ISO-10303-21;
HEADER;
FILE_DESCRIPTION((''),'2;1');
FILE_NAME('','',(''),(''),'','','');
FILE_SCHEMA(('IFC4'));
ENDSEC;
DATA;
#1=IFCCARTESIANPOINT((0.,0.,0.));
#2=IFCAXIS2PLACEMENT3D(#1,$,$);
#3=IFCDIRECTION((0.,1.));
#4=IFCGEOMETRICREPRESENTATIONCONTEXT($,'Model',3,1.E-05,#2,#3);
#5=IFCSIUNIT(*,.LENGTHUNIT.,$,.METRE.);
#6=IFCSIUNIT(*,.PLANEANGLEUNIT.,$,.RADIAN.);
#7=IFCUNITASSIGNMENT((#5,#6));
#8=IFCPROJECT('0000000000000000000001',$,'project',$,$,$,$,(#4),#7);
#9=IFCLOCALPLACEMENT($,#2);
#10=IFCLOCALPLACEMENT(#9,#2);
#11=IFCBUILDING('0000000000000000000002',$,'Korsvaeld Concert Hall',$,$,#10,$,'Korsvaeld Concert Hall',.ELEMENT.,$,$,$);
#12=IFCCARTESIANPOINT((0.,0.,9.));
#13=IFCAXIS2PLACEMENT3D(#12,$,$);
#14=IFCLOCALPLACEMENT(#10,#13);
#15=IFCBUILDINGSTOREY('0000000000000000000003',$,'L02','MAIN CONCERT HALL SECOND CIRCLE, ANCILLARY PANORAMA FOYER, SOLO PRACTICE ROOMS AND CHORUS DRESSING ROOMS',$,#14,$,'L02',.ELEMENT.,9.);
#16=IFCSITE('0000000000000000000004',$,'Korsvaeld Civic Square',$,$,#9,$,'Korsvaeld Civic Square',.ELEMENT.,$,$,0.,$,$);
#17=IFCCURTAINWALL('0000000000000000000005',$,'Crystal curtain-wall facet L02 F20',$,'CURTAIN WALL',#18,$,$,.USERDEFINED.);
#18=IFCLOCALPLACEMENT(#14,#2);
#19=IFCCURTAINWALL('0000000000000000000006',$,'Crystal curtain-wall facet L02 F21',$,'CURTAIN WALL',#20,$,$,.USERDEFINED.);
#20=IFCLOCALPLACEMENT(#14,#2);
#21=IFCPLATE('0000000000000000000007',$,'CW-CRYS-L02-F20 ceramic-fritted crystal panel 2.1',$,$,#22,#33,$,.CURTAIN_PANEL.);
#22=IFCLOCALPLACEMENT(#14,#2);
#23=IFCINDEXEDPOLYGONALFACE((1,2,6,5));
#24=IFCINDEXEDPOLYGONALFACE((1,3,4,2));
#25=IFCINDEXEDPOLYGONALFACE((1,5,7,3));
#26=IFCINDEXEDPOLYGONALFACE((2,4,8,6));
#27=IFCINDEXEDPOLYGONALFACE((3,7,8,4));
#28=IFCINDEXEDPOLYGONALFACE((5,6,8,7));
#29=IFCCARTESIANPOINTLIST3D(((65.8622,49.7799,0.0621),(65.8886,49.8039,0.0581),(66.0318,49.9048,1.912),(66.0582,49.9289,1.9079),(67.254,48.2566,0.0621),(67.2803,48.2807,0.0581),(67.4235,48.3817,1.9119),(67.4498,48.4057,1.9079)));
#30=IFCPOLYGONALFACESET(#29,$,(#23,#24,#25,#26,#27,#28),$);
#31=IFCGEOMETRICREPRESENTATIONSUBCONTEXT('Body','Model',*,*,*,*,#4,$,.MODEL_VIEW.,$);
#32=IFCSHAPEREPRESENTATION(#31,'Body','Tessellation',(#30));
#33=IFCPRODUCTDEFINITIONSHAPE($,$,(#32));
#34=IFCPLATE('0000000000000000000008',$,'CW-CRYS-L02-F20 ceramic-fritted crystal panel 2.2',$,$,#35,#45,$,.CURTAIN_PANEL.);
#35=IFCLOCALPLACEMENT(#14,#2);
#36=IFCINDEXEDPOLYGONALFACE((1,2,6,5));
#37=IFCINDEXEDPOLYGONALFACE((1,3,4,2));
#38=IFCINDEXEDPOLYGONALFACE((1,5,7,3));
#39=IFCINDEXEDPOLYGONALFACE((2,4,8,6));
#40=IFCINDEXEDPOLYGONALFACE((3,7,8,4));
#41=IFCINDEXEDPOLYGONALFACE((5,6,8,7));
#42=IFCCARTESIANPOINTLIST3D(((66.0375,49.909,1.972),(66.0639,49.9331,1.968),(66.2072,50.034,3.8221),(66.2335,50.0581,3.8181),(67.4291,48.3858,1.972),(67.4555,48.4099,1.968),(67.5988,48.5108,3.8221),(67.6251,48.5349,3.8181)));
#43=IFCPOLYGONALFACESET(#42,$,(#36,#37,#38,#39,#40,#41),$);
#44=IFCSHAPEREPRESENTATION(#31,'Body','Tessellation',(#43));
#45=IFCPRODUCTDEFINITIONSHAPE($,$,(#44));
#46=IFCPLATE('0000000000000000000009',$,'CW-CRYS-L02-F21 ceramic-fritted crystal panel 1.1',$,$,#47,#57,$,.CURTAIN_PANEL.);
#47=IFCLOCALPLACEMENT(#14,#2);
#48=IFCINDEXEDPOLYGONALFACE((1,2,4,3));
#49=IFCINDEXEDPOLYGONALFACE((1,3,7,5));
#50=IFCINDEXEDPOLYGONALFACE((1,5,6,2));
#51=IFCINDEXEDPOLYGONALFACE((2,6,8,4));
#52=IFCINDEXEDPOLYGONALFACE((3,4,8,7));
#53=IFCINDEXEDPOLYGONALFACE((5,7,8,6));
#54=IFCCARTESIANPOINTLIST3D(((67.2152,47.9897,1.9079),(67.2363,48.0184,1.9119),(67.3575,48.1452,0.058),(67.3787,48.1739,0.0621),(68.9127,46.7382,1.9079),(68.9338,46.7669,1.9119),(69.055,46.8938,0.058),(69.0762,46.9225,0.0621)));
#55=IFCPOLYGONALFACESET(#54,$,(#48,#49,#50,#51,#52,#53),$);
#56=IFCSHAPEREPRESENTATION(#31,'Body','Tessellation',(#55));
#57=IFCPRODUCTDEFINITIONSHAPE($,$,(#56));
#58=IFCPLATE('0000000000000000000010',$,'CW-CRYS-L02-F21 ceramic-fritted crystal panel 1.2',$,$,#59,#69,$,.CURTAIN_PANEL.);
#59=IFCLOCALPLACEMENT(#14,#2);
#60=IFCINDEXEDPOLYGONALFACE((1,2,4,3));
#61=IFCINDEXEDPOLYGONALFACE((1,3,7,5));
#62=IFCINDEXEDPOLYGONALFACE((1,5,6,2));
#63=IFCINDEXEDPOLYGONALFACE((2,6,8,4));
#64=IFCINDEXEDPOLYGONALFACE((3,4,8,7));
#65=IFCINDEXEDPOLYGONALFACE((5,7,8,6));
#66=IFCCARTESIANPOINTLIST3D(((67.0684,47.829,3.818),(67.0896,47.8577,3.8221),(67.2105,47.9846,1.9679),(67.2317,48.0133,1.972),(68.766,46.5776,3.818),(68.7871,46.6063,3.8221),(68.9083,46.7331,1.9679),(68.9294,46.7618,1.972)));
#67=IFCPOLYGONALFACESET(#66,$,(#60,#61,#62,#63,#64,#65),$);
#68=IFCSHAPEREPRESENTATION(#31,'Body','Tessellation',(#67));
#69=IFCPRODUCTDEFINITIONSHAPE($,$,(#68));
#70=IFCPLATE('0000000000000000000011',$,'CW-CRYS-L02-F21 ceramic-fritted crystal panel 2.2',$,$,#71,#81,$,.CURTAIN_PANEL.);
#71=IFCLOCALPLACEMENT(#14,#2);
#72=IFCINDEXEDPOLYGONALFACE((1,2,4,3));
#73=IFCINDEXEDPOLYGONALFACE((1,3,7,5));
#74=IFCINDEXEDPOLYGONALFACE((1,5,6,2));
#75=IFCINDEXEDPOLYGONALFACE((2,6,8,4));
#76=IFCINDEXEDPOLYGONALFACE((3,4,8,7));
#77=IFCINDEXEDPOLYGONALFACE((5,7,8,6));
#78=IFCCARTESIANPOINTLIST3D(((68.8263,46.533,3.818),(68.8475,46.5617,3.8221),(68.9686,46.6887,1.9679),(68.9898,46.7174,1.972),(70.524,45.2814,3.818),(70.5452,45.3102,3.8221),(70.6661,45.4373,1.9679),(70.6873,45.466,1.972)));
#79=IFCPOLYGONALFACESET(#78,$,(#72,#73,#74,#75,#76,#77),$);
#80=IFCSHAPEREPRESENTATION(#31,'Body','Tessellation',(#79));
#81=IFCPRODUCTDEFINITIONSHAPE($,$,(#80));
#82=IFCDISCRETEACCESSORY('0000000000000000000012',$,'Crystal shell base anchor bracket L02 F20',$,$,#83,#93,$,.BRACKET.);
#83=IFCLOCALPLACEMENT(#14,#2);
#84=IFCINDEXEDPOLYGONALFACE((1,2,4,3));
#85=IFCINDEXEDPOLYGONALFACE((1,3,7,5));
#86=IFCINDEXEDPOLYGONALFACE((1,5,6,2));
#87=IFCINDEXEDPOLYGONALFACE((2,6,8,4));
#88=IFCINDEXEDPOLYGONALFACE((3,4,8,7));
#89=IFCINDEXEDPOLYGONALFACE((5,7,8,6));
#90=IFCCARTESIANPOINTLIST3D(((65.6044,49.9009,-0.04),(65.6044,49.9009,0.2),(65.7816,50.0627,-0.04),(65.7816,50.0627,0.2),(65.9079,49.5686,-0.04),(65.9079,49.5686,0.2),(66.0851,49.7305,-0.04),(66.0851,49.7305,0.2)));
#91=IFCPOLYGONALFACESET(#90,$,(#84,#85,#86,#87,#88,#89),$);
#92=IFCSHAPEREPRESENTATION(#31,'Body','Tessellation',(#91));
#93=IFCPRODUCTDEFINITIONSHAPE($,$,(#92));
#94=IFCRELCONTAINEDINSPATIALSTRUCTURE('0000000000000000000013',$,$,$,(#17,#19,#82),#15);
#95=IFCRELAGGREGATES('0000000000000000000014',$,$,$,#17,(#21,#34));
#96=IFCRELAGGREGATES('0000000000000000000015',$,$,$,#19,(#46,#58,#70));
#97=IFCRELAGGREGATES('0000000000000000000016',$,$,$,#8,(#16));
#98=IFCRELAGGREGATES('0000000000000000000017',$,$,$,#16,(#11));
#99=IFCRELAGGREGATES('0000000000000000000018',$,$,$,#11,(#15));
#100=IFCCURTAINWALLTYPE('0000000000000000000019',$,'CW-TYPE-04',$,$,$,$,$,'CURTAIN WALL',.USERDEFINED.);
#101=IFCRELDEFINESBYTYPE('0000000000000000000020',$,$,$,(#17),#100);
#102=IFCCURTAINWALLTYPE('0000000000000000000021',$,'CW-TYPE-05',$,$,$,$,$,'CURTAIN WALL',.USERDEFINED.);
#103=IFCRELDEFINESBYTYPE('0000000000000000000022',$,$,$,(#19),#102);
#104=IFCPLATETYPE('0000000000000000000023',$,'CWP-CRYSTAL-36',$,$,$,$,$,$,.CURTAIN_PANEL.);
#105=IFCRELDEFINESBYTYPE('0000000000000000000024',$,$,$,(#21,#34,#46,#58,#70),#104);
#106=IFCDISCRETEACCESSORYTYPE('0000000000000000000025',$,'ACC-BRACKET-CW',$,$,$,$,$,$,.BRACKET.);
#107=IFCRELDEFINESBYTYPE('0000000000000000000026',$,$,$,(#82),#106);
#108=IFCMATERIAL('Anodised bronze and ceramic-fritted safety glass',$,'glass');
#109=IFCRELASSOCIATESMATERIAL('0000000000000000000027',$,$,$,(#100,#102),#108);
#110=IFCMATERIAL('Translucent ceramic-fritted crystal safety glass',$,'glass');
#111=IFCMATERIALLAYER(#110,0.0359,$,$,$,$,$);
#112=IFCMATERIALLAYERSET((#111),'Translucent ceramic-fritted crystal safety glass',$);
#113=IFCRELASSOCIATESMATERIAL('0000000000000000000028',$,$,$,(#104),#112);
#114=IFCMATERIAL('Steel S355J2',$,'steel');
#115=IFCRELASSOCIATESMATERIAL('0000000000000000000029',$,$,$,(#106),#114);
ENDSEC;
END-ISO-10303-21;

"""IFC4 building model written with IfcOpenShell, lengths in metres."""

from ifc_helpers import new_model, si_unit, direction, frame, origin, origin_2d, place, context, subcontext, project, spatial, polyline, rectangle, outline, extrude, material, layer, layer_set, type_object, element, aggregate, save


model = new_model("IFC4")

# Units and contexts
model_context = context("Model", 3, precision=1e-05, world=origin(), true_north=direction((0.0, 1.0)))
body_context = subcontext(model_context, "Body", "Model", "MODEL_VIEW")
ifc_project = project(units=[si_unit("LENGTHUNIT", "METRE"), si_unit("PLANEANGLEUNIT", "RADIAN")], contexts=[model_context])

# Site, building, storey
site_placement = place(None, origin())
site = spatial("IfcSite", under=ifc_project, at=site_placement, Name="Korsvaeld Civic Square", LongName="Korsvaeld Civic Square", CompositionType="ELEMENT", RefElevation=0.0)
building_placement = place(site_placement, origin())
building = spatial("IfcBuilding", under=site, at=building_placement, Name="Korsvaeld Concert Hall", LongName="Korsvaeld Concert Hall", CompositionType="ELEMENT")
storey_placement = place(building_placement, frame((0.0, 0.0, 9.0)))
storey = spatial("IfcBuildingStorey", under=building, at=storey_placement, Name="L02", Description="MAIN CONCERT HALL SECOND CIRCLE, ANCILLARY PANORAMA FOYER, SOLO PRACTICE ROOMS AND CHORUS DRESSING ROOMS", LongName="L02", CompositionType="ELEMENT", Elevation=9.0)

# Curtain wall
ifc_material_1 = material(Name="Anodised bronze and ceramic-fritted safety glass", Category="glass")
curtain_wall_type_1 = type_object("IfcCurtainWallType", Name="CW-TYPE-04", ElementType="CURTAIN WALL", PredefinedType="USERDEFINED", material=ifc_material_1)
curtain_wall_1_placement = place(storey_placement, origin())
curtain_wall_1 = element("IfcCurtainWall", 1, at=curtain_wall_1_placement, inside=storey, type_object=curtain_wall_type_1, Name="Crystal curtain-wall facet L02 F20", ObjectType="CURTAIN WALL", PredefinedType="USERDEFINED")

# Curtain wall
curtain_wall_type_2 = type_object("IfcCurtainWallType", Name="CW-TYPE-05", ElementType="CURTAIN WALL", PredefinedType="USERDEFINED", material=ifc_material_1)
curtain_wall_2_placement = place(storey_placement, origin())
curtain_wall_2 = element("IfcCurtainWall", 2, at=curtain_wall_2_placement, inside=storey, type_object=curtain_wall_type_2, Name="Crystal curtain-wall facet L02 F21", ObjectType="CURTAIN WALL", PredefinedType="USERDEFINED")

# Plates
ifc_material_2 = material(Name="Translucent ceramic-fritted crystal safety glass", Category="glass")
ifc_layer = layer(ifc_material_2, 0.0359)
ifc_layer_set = layer_set([ifc_layer], Name="Translucent ceramic-fritted crystal safety glass")
plate_type = type_object("IfcPlateType", Name="CWP-CRYSTAL-36", PredefinedType="CURTAIN_PANEL", material=ifc_layer_set)
plate_1_placement = place(storey_placement, frame((65.8755, 49.792, 0.0601), z_axis=(-0.73356, -0.670245, 0.112528), x_axis=(0.674529, -0.738248, 0.000005)))
plate_1 = element("IfcPlate", 3, at=plate_1_placement, type_object=plate_type, Name="CW-CRYS-L02-F20 ceramic-fritted crystal panel 2.1", PredefinedType="CURTAIN_PANEL", context=body_context, shape_type="SweptSolid", body=[
    extrude(outline(polyline([(0.0, 0.0), (2.0633, 0.0), (2.0854, 1.8617), (0.0222, 1.8617), (0.0, 0.0)])), frame((0.0, 0.0, 0.0181)), (0.0, 0.0, -1.0), 0.0359),
])
plate_2_placement = place(storey_placement, frame((66.0508, 49.9211, 1.97), z_axis=(-0.733586, -0.67021, 0.112561), x_axis=(0.674497, -0.738278, 0.0)))
plate_2 = element("IfcPlate", 4, at=plate_2_placement, type_object=plate_type, Name="CW-CRYS-L02-F20 ceramic-fritted crystal panel 2.2", PredefinedType="CURTAIN_PANEL", context=body_context, shape_type="SweptSolid", body=[
    extrude(outline(polyline([(0.0, 0.0), (2.0632, 0.0), (2.0853, 1.8619), (0.0222, 1.8619), (0.0, 0.0)])), frame((0.0, 0.0, 0.0181)), (0.0, 0.0, -1.0), 0.0359),
])
aggregate(curtain_wall_1, [plate_1, plate_2])
plate_3_placement = place(storey_placement, frame((67.3682, 48.1597, 0.0601), z_axis=(-0.58963, -0.799785, -0.112606), x_axis=(0.804905, -0.593404, 0.0)))
plate_3 = element("IfcPlate", 5, at=plate_3_placement, type_object=plate_type, Name="CW-CRYS-L02-F21 ceramic-fritted crystal panel 1.1", PredefinedType="CURTAIN_PANEL", context=body_context, shape_type="SweptSolid", body=[
    extrude(outline(polyline([(0.0, 0.0), (2.109, 0.0), (2.0867, 1.8617), (-0.0223, 1.8617), (0.0, 0.0)])), frame((0.0, 0.0, 0.0181)), (0.0, 0.0, -1.0), 0.0359),
])
plate_4_placement = place(storey_placement, frame((67.2212, 47.999, 1.97), z_axis=(-0.589606, -0.79981, -0.112553), x_axis=(0.804925, -0.593376, -0.000004)))
plate_4 = element("IfcPlate", 6, at=plate_4_placement, type_object=plate_type, Name="CW-CRYS-L02-F21 ceramic-fritted crystal panel 1.2", PredefinedType="CURTAIN_PANEL", context=body_context, shape_type="SweptSolid", body=[
    extrude(outline(polyline([(0.0, 0.0), (2.1092, 0.0), (2.0869, 1.8619), (-0.0221, 1.8619), (0.0, 0.0)])), frame((0.0, 0.0, 0.0181)), (0.0, 0.0, -1.0), 0.0359),
])
plate_5_placement = place(storey_placement, frame((68.9792, 46.7031, 1.97), z_axis=(-0.589599, -0.799801, -0.112657), x_axis=(0.804925, -0.593377, 0.000004)))
plate_5 = element("IfcPlate", 7, at=plate_5_placement, type_object=plate_type, Name="CW-CRYS-L02-F21 ceramic-fritted crystal panel 2.2", PredefinedType="CURTAIN_PANEL", context=body_context, shape_type="SweptSolid", body=[
    extrude(outline(polyline([(0.0, 0.0), (2.109, 0.0), (2.087, 1.8619), (-0.0221, 1.862), (0.0, 0.0)])), frame((0.0, 0.0, 0.0181)), (0.0, 0.0, -1.0), 0.0359),
])
aggregate(curtain_wall_2, [plate_3, plate_4, plate_5])

# Discrete accessory
ifc_material_3 = material(Name="Steel S355J2", Category="steel")
discrete_accessory_type = type_object("IfcDiscreteAccessoryType", Name="ACC-BRACKET-CW", PredefinedType="BRACKET", material=ifc_material_3)
discrete_accessory_placement = place(storey_placement, frame((65.8447, 49.8157, -0.04), z_axis=(0.0, 0.0, 1.0), x_axis=(0.674431, -0.738338, 0.0)))
element("IfcDiscreteAccessory", 8, at=discrete_accessory_placement, inside=storey, type_object=discrete_accessory_type, Name="Crystal shell base anchor bracket L02 F20", PredefinedType="BRACKET", context=body_context, shape_type="SweptSolid", body=[
    extrude(rectangle(XDim=0.45, YDim=0.24, at=origin_2d()), origin(), (0.0, 0.0, 1.0), 0.24),
])

save(model, "model.ifc")
